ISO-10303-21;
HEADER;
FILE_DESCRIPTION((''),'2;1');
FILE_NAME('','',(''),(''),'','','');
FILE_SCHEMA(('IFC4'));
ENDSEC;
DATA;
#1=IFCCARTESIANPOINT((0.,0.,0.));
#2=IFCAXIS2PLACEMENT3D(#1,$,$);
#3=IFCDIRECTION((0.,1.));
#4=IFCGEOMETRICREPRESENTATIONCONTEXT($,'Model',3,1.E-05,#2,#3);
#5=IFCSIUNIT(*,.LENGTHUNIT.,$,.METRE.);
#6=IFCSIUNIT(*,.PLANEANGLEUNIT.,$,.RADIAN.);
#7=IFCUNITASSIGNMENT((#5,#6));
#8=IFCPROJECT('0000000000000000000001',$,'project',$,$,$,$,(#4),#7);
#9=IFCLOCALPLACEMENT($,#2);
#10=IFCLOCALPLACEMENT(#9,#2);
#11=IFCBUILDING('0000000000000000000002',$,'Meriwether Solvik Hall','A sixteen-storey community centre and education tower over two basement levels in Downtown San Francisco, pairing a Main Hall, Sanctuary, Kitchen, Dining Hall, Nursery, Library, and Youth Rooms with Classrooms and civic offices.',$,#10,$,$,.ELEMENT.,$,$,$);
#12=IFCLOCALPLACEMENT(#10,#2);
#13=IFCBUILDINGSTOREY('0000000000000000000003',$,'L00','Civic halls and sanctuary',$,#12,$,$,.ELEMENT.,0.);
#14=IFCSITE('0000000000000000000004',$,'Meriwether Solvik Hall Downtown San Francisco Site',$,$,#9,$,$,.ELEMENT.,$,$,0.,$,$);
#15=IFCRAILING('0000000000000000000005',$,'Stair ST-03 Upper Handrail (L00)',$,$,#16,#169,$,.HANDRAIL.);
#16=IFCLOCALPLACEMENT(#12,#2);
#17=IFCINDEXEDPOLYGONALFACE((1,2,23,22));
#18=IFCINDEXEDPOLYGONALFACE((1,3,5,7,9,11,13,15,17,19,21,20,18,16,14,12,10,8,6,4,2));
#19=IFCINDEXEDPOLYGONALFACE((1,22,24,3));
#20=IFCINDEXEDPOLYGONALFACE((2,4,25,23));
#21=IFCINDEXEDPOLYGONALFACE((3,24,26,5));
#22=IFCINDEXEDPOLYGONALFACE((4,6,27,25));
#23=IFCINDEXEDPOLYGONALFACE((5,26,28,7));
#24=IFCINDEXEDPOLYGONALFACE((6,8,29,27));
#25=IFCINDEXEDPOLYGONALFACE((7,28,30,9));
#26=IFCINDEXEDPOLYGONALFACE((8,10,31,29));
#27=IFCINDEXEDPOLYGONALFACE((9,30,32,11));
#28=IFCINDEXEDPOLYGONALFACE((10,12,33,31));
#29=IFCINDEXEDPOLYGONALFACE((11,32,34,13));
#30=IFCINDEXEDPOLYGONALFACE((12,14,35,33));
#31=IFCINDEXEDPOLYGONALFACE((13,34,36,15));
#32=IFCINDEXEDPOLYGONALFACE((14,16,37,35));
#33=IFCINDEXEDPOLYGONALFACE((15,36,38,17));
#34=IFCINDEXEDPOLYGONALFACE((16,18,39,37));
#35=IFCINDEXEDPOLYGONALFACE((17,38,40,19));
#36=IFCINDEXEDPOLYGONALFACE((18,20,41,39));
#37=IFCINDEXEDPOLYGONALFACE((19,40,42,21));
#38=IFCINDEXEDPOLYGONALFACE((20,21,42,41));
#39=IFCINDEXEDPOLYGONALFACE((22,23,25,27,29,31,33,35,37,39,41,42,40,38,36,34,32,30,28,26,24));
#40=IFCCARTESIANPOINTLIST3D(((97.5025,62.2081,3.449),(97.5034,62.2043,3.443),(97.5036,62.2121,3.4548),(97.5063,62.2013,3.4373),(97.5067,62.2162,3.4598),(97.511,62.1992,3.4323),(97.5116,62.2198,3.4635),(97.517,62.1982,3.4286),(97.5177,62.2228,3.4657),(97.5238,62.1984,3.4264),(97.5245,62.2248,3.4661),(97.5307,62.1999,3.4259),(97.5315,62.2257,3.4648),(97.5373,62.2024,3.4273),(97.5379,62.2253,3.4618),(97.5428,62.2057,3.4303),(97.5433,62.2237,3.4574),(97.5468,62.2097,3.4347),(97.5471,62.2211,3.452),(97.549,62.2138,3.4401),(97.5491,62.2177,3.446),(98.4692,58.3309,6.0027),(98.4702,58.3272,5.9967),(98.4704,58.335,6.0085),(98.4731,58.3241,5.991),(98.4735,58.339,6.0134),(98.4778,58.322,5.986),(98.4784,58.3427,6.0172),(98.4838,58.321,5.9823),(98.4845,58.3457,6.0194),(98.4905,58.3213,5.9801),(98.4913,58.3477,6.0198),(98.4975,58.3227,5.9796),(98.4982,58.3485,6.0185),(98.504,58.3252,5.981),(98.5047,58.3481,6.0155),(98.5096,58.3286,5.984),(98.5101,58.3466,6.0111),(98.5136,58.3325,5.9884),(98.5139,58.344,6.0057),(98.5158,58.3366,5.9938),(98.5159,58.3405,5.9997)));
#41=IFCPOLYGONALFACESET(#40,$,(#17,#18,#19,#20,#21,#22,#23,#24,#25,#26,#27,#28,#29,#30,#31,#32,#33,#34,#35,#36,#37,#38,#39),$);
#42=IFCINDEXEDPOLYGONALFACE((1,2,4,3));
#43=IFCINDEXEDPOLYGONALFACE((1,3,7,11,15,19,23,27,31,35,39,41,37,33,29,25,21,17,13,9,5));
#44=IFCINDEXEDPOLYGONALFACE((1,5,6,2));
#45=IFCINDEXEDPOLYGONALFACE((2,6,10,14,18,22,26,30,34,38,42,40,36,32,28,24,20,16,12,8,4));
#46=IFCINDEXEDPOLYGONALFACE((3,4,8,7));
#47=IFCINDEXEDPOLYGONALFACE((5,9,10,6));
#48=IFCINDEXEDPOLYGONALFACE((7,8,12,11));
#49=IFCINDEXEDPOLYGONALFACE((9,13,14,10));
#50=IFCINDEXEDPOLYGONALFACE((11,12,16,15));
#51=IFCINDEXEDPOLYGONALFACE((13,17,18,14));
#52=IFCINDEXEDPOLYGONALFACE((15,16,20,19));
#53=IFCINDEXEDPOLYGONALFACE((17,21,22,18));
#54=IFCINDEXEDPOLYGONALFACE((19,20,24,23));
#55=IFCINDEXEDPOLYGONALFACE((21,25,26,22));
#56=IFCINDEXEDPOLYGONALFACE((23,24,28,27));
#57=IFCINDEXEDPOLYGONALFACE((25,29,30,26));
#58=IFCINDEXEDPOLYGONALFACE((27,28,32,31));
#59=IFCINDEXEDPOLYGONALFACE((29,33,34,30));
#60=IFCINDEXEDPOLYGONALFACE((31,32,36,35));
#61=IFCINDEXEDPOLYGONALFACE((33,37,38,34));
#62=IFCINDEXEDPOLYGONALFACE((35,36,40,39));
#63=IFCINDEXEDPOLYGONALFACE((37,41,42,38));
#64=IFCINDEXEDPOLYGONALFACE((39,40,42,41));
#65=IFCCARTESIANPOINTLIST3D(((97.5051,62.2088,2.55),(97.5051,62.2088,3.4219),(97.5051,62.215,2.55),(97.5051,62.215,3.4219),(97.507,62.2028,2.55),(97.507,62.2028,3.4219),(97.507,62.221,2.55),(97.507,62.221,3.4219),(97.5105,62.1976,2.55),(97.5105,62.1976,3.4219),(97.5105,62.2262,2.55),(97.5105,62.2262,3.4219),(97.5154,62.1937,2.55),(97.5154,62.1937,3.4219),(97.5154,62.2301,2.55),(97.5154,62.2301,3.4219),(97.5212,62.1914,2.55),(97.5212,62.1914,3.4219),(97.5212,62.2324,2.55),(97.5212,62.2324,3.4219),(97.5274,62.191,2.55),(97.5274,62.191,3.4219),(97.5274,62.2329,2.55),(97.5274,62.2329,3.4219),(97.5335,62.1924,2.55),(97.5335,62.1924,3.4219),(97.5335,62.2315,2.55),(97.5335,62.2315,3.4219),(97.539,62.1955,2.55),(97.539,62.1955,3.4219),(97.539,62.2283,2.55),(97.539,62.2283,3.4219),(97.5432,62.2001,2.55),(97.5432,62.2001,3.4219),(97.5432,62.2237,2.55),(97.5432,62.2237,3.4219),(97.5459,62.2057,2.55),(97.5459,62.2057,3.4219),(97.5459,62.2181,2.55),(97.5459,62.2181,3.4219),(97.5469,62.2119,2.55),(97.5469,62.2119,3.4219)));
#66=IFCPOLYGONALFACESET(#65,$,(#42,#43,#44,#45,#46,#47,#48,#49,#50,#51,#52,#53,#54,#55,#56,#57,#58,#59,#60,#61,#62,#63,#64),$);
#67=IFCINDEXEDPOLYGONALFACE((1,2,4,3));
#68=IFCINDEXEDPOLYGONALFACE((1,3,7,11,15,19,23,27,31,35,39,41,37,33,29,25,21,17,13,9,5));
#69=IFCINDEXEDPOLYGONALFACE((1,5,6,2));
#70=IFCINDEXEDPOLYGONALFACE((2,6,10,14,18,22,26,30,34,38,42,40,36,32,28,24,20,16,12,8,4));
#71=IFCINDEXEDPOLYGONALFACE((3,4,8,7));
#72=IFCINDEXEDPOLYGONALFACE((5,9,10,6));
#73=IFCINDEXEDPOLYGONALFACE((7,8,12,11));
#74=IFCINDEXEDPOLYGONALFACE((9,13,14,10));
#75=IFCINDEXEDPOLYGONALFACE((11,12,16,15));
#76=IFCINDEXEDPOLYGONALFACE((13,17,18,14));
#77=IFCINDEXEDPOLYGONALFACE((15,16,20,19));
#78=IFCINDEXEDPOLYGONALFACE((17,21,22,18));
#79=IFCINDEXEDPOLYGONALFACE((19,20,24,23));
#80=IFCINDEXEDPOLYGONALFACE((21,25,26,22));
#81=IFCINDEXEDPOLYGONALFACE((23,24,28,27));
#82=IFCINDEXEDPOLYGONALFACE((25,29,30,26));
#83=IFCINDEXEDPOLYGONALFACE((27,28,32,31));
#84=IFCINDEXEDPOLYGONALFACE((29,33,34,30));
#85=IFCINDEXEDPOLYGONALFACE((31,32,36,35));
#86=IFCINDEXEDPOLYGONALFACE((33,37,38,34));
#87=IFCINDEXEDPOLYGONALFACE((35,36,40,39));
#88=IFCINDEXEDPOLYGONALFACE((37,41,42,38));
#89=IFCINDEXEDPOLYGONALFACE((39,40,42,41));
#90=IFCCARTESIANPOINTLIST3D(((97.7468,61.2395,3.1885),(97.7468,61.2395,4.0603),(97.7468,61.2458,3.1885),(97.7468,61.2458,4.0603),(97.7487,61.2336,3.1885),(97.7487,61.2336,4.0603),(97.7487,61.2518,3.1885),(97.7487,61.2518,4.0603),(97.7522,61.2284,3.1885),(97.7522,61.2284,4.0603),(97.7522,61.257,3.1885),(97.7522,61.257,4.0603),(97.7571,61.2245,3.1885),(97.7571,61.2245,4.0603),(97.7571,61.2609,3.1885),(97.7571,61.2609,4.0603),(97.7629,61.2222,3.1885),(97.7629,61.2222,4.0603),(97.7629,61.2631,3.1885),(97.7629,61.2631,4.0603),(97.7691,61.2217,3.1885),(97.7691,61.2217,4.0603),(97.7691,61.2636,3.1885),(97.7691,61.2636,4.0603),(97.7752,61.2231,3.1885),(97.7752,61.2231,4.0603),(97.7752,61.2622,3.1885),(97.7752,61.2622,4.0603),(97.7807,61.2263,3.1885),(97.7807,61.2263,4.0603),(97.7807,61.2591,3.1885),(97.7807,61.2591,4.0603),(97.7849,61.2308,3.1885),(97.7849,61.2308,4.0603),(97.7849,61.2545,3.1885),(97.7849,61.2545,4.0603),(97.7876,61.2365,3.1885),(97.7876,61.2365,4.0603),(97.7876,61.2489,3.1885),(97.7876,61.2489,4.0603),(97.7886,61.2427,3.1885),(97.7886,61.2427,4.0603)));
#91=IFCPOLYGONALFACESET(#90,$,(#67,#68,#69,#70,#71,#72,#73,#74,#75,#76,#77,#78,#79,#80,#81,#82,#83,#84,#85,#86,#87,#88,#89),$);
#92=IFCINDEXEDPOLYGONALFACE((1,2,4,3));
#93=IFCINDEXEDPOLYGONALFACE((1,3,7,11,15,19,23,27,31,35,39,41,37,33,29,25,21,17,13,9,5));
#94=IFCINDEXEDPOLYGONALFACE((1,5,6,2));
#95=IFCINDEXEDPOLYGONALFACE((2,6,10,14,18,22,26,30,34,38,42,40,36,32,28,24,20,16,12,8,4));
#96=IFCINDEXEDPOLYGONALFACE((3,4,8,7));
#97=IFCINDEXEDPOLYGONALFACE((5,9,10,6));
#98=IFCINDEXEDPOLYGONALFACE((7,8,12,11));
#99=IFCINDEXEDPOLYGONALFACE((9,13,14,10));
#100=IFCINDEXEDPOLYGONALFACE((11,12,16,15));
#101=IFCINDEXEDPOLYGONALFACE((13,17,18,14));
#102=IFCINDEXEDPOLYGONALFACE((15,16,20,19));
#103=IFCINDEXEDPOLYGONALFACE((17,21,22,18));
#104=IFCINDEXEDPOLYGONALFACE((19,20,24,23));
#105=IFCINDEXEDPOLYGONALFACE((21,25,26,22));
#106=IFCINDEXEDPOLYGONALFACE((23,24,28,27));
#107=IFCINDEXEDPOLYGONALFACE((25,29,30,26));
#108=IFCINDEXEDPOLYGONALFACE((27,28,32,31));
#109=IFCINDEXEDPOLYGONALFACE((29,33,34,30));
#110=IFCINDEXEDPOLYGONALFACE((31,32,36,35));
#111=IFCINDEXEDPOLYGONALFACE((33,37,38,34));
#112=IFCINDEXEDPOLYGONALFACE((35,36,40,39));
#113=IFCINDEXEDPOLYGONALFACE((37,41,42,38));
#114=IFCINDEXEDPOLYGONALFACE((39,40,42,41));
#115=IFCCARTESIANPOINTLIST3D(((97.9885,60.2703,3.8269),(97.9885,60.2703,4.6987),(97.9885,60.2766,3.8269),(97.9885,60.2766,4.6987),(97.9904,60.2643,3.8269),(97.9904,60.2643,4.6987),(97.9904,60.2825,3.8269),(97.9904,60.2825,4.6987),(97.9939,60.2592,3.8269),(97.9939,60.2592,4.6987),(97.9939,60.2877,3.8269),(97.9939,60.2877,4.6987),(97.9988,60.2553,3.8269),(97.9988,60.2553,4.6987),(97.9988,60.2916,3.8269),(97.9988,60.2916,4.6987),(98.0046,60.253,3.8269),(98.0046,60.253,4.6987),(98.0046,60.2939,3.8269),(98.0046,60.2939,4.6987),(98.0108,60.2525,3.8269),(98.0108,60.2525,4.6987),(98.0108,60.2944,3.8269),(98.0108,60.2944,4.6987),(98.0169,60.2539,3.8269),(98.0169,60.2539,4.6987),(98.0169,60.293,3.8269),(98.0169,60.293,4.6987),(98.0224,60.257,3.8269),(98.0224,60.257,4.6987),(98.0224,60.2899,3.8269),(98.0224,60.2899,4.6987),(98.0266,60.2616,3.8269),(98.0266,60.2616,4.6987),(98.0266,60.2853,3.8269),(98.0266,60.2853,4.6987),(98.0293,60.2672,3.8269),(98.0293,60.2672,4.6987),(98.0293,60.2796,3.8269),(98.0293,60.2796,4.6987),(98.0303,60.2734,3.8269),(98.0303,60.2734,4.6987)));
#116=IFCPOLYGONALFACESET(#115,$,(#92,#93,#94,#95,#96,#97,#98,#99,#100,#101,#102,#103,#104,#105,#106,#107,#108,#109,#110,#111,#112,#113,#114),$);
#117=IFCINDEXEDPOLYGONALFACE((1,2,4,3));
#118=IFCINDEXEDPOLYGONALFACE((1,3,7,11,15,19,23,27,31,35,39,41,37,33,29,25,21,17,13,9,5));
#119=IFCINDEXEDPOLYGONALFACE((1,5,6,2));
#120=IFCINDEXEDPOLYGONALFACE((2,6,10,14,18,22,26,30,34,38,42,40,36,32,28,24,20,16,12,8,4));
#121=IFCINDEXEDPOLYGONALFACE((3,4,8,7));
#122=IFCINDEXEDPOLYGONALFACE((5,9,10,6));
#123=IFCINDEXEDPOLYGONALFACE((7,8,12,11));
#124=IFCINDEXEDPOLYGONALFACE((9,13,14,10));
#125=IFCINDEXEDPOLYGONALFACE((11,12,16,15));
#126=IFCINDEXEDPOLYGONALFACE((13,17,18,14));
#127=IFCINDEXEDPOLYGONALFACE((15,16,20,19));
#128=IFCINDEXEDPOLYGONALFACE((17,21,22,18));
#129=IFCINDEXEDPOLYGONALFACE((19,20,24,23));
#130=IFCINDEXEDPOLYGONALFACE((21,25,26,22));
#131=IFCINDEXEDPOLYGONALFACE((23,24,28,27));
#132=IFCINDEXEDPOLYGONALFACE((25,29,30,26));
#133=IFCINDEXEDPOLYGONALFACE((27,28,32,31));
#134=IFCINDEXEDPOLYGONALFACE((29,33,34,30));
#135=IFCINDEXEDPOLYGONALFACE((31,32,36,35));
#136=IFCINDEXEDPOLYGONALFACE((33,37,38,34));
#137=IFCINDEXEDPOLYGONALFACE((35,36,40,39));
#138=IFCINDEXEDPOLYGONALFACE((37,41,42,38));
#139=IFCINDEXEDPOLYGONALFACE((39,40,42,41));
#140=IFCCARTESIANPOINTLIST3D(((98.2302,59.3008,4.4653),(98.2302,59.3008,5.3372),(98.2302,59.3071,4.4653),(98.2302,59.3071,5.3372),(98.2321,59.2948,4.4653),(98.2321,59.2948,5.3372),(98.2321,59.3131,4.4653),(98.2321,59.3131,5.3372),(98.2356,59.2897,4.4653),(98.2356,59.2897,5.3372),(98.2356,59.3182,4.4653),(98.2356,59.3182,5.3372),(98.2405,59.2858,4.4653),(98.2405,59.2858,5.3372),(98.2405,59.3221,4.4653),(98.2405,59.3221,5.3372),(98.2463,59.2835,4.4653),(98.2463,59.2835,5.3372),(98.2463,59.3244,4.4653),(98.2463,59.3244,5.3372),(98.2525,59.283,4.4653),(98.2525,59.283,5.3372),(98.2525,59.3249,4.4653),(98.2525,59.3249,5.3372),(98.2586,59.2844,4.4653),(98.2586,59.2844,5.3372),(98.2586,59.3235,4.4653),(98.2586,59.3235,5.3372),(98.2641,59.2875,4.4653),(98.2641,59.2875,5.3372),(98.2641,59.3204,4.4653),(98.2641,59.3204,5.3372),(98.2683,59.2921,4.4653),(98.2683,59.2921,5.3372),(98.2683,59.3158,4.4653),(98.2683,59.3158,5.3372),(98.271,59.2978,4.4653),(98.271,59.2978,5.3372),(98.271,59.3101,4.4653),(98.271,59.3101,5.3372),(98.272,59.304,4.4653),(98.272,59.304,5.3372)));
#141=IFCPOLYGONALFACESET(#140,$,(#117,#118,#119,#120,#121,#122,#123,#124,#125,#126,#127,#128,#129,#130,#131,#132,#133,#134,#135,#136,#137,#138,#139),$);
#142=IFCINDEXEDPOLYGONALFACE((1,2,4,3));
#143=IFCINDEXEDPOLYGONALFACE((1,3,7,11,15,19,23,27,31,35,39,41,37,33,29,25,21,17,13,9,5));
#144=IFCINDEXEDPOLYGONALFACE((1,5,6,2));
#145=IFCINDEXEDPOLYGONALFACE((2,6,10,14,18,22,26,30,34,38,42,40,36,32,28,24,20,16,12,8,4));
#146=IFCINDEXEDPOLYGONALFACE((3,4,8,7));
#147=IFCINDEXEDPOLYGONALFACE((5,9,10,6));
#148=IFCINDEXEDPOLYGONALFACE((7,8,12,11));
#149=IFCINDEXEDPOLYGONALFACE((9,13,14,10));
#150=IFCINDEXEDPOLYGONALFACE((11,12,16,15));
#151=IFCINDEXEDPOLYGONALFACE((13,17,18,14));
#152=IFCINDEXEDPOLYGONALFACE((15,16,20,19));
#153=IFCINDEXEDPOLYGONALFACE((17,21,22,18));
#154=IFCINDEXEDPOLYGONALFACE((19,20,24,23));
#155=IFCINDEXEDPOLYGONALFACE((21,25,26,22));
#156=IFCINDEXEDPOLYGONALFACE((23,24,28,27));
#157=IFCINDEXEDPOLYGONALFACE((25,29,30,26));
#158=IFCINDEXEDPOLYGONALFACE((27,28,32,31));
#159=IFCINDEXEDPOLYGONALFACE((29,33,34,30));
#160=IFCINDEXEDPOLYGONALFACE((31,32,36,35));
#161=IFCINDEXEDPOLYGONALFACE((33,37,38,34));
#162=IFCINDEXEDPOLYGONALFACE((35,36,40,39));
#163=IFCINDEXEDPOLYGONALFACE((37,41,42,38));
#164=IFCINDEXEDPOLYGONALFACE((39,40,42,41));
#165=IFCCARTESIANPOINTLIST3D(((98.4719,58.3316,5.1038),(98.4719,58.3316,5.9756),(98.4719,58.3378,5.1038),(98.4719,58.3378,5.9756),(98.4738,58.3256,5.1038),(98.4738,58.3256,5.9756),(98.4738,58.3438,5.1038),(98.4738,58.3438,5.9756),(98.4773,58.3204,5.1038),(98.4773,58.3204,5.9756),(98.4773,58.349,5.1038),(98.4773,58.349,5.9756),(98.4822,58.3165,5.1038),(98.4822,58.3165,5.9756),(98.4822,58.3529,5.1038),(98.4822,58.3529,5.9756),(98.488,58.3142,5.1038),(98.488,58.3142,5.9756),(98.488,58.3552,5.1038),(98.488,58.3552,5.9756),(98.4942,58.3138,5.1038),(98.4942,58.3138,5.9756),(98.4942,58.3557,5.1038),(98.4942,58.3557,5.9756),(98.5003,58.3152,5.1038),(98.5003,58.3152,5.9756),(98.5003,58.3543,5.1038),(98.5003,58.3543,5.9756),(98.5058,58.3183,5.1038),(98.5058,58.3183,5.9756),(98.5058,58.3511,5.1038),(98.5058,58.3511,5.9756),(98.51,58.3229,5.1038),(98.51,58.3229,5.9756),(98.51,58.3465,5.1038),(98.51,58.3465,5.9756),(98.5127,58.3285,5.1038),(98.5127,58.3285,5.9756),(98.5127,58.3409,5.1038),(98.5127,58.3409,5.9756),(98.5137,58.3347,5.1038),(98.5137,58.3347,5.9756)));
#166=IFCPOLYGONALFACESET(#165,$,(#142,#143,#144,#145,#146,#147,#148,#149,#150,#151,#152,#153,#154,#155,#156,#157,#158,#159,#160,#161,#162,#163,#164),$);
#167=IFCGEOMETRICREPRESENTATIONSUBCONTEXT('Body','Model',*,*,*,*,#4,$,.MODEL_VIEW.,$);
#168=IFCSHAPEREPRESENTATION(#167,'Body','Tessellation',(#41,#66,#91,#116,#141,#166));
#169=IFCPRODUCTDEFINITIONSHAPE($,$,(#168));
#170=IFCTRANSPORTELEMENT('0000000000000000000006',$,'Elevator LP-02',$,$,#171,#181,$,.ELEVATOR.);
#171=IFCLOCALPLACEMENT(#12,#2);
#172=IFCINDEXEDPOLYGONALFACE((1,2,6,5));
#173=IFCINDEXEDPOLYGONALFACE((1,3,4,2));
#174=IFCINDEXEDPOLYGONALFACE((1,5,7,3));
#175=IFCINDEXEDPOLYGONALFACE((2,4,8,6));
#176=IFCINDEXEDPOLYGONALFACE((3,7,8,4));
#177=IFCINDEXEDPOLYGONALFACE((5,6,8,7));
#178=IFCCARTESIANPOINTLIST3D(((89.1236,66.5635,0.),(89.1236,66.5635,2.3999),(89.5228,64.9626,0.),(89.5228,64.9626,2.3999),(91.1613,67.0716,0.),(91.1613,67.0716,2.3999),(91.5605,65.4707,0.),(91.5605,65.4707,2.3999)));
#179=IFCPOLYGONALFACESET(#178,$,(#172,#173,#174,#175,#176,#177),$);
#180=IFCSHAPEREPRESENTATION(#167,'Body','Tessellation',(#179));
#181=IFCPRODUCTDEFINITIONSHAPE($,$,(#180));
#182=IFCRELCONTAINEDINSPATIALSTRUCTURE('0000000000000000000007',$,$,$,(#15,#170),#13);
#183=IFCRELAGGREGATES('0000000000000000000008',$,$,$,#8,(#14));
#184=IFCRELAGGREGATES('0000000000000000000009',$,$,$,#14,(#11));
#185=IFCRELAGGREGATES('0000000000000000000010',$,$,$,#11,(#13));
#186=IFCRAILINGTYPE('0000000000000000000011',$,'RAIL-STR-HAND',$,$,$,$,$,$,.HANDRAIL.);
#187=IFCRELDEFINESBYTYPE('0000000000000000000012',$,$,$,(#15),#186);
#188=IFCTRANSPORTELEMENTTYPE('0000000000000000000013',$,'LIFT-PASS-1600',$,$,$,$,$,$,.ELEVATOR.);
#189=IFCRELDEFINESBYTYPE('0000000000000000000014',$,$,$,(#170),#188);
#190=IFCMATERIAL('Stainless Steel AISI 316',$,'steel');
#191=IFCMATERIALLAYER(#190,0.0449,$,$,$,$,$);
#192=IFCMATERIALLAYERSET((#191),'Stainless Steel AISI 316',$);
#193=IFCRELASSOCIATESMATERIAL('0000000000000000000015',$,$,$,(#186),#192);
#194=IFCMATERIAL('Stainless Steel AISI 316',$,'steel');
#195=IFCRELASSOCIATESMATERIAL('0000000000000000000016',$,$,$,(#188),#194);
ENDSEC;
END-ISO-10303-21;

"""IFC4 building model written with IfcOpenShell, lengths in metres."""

from ifc_helpers import new_model, si_unit, direction, frame, origin, origin_2d, place, context, subcontext, project, spatial, rectangle, circle, extrude, material, layer, layer_set, type_object, element, save


model = new_model("IFC4")

# Units and contexts
model_context = context("Model", 3, precision=1e-05, world=origin(), true_north=direction((0.0, 1.0)))
body_context = subcontext(model_context, "Body", "Model", "MODEL_VIEW")
ifc_project = project(units=[si_unit("LENGTHUNIT", "METRE"), si_unit("PLANEANGLEUNIT", "RADIAN")], contexts=[model_context])

# Site, building, storey
site_placement = place(None, origin())
site = spatial("IfcSite", under=ifc_project, at=site_placement, Name="Meriwether Solvik Hall Downtown San Francisco Site", CompositionType="ELEMENT", RefElevation=0.0)
building_placement = place(site_placement, origin())
building = spatial("IfcBuilding", under=site, at=building_placement, Name="Meriwether Solvik Hall", Description="A sixteen-storey community centre and education tower over two basement levels in Downtown San Francisco, pairing a Main Hall, Sanctuary, Kitchen, Dining Hall, Nursery, Library, and Youth Rooms with Classrooms and civic offices.", CompositionType="ELEMENT")
storey_placement = place(building_placement, origin())
storey = spatial("IfcBuildingStorey", under=building, at=storey_placement, Name="L00", Description="Civic halls and sanctuary", CompositionType="ELEMENT", Elevation=0.0)

# Railing
ifc_material_1 = material(Name="Stainless Steel AISI 316", Category="steel")
ifc_layer_1 = layer(ifc_material_1, 0.0449)
ifc_layer_set_1 = layer_set([ifc_layer_1], Name="Stainless Steel AISI 316")
railing_type_1 = type_object("IfcRailingType", Name="RAIL-STR-HAND", PredefinedType="HANDRAIL", material=ifc_layer_set_1)
railing_1_placement = place(storey_placement, frame((97.5259, 62.2119, 2.55)))
element("IfcRailing", 1, at=railing_1_placement, inside=storey, type_object=railing_type_1, Name="Stair ST-03 Upper Handrail (L00)", PredefinedType="HANDRAIL", context=body_context, shape_type="SweptSolid", body=[
    extrude(circle(Radius=0.0239, at=origin_2d()), frame((0.0, 0.0, 0.896), z_axis=(0.203869, -0.817589, 0.538504), x_axis=(0.97029, 0.241946, 0.0)), (0.0, 0.0, 1.0), 4.7422),
    extrude(circle(Radius=0.021, at=origin_2d()), origin(), (0.0, 0.0, 1.0), 0.8718),
    extrude(circle(Radius=0.021, at=origin_2d()), frame((0.2417, -0.9692, 0.6384)), (0.0, 0.0, 1.0), 0.8718),
    extrude(circle(Radius=0.021, at=origin_2d()), frame((0.4834, -1.9385, 1.2769)), (0.0, 0.0, 1.0), 0.8718),
    extrude(circle(Radius=0.021, at=origin_2d()), frame((0.7251, -2.908, 1.9153)), (0.0, 0.0, 1.0), 0.8718),
    extrude(circle(Radius=0.021, at=origin_2d()), frame((0.9668, -3.8772, 2.5537)), (0.0, 0.0, 1.0), 0.8718),
])

# Transport element
ifc_material_2 = material(Name="Stainless Steel AISI 316", Category="steel")
transport_element_type = type_object("IfcTransportElementType", Name="LIFT-PASS-1600", PredefinedType="ELEVATOR", material=ifc_material_2)
transport_element_placement = place(storey_placement, frame((90.342, 66.0171, 0.0), z_axis=(0.0, 0.0, 1.0), x_axis=(0.970296, 0.241922, 0.0)))
element("IfcTransportElement", 2, at=transport_element_placement, inside=storey, type_object=transport_element_type, Name="Elevator LP-02", PredefinedType="ELEVATOR", context=body_context, shape_type="SweptSolid", body=[
    extrude(rectangle(XDim=2.1001, YDim=1.6499, at=origin_2d()), origin(), (0.0, 0.0, 1.0), 2.3999),
])

save(model, "model.ifc")
